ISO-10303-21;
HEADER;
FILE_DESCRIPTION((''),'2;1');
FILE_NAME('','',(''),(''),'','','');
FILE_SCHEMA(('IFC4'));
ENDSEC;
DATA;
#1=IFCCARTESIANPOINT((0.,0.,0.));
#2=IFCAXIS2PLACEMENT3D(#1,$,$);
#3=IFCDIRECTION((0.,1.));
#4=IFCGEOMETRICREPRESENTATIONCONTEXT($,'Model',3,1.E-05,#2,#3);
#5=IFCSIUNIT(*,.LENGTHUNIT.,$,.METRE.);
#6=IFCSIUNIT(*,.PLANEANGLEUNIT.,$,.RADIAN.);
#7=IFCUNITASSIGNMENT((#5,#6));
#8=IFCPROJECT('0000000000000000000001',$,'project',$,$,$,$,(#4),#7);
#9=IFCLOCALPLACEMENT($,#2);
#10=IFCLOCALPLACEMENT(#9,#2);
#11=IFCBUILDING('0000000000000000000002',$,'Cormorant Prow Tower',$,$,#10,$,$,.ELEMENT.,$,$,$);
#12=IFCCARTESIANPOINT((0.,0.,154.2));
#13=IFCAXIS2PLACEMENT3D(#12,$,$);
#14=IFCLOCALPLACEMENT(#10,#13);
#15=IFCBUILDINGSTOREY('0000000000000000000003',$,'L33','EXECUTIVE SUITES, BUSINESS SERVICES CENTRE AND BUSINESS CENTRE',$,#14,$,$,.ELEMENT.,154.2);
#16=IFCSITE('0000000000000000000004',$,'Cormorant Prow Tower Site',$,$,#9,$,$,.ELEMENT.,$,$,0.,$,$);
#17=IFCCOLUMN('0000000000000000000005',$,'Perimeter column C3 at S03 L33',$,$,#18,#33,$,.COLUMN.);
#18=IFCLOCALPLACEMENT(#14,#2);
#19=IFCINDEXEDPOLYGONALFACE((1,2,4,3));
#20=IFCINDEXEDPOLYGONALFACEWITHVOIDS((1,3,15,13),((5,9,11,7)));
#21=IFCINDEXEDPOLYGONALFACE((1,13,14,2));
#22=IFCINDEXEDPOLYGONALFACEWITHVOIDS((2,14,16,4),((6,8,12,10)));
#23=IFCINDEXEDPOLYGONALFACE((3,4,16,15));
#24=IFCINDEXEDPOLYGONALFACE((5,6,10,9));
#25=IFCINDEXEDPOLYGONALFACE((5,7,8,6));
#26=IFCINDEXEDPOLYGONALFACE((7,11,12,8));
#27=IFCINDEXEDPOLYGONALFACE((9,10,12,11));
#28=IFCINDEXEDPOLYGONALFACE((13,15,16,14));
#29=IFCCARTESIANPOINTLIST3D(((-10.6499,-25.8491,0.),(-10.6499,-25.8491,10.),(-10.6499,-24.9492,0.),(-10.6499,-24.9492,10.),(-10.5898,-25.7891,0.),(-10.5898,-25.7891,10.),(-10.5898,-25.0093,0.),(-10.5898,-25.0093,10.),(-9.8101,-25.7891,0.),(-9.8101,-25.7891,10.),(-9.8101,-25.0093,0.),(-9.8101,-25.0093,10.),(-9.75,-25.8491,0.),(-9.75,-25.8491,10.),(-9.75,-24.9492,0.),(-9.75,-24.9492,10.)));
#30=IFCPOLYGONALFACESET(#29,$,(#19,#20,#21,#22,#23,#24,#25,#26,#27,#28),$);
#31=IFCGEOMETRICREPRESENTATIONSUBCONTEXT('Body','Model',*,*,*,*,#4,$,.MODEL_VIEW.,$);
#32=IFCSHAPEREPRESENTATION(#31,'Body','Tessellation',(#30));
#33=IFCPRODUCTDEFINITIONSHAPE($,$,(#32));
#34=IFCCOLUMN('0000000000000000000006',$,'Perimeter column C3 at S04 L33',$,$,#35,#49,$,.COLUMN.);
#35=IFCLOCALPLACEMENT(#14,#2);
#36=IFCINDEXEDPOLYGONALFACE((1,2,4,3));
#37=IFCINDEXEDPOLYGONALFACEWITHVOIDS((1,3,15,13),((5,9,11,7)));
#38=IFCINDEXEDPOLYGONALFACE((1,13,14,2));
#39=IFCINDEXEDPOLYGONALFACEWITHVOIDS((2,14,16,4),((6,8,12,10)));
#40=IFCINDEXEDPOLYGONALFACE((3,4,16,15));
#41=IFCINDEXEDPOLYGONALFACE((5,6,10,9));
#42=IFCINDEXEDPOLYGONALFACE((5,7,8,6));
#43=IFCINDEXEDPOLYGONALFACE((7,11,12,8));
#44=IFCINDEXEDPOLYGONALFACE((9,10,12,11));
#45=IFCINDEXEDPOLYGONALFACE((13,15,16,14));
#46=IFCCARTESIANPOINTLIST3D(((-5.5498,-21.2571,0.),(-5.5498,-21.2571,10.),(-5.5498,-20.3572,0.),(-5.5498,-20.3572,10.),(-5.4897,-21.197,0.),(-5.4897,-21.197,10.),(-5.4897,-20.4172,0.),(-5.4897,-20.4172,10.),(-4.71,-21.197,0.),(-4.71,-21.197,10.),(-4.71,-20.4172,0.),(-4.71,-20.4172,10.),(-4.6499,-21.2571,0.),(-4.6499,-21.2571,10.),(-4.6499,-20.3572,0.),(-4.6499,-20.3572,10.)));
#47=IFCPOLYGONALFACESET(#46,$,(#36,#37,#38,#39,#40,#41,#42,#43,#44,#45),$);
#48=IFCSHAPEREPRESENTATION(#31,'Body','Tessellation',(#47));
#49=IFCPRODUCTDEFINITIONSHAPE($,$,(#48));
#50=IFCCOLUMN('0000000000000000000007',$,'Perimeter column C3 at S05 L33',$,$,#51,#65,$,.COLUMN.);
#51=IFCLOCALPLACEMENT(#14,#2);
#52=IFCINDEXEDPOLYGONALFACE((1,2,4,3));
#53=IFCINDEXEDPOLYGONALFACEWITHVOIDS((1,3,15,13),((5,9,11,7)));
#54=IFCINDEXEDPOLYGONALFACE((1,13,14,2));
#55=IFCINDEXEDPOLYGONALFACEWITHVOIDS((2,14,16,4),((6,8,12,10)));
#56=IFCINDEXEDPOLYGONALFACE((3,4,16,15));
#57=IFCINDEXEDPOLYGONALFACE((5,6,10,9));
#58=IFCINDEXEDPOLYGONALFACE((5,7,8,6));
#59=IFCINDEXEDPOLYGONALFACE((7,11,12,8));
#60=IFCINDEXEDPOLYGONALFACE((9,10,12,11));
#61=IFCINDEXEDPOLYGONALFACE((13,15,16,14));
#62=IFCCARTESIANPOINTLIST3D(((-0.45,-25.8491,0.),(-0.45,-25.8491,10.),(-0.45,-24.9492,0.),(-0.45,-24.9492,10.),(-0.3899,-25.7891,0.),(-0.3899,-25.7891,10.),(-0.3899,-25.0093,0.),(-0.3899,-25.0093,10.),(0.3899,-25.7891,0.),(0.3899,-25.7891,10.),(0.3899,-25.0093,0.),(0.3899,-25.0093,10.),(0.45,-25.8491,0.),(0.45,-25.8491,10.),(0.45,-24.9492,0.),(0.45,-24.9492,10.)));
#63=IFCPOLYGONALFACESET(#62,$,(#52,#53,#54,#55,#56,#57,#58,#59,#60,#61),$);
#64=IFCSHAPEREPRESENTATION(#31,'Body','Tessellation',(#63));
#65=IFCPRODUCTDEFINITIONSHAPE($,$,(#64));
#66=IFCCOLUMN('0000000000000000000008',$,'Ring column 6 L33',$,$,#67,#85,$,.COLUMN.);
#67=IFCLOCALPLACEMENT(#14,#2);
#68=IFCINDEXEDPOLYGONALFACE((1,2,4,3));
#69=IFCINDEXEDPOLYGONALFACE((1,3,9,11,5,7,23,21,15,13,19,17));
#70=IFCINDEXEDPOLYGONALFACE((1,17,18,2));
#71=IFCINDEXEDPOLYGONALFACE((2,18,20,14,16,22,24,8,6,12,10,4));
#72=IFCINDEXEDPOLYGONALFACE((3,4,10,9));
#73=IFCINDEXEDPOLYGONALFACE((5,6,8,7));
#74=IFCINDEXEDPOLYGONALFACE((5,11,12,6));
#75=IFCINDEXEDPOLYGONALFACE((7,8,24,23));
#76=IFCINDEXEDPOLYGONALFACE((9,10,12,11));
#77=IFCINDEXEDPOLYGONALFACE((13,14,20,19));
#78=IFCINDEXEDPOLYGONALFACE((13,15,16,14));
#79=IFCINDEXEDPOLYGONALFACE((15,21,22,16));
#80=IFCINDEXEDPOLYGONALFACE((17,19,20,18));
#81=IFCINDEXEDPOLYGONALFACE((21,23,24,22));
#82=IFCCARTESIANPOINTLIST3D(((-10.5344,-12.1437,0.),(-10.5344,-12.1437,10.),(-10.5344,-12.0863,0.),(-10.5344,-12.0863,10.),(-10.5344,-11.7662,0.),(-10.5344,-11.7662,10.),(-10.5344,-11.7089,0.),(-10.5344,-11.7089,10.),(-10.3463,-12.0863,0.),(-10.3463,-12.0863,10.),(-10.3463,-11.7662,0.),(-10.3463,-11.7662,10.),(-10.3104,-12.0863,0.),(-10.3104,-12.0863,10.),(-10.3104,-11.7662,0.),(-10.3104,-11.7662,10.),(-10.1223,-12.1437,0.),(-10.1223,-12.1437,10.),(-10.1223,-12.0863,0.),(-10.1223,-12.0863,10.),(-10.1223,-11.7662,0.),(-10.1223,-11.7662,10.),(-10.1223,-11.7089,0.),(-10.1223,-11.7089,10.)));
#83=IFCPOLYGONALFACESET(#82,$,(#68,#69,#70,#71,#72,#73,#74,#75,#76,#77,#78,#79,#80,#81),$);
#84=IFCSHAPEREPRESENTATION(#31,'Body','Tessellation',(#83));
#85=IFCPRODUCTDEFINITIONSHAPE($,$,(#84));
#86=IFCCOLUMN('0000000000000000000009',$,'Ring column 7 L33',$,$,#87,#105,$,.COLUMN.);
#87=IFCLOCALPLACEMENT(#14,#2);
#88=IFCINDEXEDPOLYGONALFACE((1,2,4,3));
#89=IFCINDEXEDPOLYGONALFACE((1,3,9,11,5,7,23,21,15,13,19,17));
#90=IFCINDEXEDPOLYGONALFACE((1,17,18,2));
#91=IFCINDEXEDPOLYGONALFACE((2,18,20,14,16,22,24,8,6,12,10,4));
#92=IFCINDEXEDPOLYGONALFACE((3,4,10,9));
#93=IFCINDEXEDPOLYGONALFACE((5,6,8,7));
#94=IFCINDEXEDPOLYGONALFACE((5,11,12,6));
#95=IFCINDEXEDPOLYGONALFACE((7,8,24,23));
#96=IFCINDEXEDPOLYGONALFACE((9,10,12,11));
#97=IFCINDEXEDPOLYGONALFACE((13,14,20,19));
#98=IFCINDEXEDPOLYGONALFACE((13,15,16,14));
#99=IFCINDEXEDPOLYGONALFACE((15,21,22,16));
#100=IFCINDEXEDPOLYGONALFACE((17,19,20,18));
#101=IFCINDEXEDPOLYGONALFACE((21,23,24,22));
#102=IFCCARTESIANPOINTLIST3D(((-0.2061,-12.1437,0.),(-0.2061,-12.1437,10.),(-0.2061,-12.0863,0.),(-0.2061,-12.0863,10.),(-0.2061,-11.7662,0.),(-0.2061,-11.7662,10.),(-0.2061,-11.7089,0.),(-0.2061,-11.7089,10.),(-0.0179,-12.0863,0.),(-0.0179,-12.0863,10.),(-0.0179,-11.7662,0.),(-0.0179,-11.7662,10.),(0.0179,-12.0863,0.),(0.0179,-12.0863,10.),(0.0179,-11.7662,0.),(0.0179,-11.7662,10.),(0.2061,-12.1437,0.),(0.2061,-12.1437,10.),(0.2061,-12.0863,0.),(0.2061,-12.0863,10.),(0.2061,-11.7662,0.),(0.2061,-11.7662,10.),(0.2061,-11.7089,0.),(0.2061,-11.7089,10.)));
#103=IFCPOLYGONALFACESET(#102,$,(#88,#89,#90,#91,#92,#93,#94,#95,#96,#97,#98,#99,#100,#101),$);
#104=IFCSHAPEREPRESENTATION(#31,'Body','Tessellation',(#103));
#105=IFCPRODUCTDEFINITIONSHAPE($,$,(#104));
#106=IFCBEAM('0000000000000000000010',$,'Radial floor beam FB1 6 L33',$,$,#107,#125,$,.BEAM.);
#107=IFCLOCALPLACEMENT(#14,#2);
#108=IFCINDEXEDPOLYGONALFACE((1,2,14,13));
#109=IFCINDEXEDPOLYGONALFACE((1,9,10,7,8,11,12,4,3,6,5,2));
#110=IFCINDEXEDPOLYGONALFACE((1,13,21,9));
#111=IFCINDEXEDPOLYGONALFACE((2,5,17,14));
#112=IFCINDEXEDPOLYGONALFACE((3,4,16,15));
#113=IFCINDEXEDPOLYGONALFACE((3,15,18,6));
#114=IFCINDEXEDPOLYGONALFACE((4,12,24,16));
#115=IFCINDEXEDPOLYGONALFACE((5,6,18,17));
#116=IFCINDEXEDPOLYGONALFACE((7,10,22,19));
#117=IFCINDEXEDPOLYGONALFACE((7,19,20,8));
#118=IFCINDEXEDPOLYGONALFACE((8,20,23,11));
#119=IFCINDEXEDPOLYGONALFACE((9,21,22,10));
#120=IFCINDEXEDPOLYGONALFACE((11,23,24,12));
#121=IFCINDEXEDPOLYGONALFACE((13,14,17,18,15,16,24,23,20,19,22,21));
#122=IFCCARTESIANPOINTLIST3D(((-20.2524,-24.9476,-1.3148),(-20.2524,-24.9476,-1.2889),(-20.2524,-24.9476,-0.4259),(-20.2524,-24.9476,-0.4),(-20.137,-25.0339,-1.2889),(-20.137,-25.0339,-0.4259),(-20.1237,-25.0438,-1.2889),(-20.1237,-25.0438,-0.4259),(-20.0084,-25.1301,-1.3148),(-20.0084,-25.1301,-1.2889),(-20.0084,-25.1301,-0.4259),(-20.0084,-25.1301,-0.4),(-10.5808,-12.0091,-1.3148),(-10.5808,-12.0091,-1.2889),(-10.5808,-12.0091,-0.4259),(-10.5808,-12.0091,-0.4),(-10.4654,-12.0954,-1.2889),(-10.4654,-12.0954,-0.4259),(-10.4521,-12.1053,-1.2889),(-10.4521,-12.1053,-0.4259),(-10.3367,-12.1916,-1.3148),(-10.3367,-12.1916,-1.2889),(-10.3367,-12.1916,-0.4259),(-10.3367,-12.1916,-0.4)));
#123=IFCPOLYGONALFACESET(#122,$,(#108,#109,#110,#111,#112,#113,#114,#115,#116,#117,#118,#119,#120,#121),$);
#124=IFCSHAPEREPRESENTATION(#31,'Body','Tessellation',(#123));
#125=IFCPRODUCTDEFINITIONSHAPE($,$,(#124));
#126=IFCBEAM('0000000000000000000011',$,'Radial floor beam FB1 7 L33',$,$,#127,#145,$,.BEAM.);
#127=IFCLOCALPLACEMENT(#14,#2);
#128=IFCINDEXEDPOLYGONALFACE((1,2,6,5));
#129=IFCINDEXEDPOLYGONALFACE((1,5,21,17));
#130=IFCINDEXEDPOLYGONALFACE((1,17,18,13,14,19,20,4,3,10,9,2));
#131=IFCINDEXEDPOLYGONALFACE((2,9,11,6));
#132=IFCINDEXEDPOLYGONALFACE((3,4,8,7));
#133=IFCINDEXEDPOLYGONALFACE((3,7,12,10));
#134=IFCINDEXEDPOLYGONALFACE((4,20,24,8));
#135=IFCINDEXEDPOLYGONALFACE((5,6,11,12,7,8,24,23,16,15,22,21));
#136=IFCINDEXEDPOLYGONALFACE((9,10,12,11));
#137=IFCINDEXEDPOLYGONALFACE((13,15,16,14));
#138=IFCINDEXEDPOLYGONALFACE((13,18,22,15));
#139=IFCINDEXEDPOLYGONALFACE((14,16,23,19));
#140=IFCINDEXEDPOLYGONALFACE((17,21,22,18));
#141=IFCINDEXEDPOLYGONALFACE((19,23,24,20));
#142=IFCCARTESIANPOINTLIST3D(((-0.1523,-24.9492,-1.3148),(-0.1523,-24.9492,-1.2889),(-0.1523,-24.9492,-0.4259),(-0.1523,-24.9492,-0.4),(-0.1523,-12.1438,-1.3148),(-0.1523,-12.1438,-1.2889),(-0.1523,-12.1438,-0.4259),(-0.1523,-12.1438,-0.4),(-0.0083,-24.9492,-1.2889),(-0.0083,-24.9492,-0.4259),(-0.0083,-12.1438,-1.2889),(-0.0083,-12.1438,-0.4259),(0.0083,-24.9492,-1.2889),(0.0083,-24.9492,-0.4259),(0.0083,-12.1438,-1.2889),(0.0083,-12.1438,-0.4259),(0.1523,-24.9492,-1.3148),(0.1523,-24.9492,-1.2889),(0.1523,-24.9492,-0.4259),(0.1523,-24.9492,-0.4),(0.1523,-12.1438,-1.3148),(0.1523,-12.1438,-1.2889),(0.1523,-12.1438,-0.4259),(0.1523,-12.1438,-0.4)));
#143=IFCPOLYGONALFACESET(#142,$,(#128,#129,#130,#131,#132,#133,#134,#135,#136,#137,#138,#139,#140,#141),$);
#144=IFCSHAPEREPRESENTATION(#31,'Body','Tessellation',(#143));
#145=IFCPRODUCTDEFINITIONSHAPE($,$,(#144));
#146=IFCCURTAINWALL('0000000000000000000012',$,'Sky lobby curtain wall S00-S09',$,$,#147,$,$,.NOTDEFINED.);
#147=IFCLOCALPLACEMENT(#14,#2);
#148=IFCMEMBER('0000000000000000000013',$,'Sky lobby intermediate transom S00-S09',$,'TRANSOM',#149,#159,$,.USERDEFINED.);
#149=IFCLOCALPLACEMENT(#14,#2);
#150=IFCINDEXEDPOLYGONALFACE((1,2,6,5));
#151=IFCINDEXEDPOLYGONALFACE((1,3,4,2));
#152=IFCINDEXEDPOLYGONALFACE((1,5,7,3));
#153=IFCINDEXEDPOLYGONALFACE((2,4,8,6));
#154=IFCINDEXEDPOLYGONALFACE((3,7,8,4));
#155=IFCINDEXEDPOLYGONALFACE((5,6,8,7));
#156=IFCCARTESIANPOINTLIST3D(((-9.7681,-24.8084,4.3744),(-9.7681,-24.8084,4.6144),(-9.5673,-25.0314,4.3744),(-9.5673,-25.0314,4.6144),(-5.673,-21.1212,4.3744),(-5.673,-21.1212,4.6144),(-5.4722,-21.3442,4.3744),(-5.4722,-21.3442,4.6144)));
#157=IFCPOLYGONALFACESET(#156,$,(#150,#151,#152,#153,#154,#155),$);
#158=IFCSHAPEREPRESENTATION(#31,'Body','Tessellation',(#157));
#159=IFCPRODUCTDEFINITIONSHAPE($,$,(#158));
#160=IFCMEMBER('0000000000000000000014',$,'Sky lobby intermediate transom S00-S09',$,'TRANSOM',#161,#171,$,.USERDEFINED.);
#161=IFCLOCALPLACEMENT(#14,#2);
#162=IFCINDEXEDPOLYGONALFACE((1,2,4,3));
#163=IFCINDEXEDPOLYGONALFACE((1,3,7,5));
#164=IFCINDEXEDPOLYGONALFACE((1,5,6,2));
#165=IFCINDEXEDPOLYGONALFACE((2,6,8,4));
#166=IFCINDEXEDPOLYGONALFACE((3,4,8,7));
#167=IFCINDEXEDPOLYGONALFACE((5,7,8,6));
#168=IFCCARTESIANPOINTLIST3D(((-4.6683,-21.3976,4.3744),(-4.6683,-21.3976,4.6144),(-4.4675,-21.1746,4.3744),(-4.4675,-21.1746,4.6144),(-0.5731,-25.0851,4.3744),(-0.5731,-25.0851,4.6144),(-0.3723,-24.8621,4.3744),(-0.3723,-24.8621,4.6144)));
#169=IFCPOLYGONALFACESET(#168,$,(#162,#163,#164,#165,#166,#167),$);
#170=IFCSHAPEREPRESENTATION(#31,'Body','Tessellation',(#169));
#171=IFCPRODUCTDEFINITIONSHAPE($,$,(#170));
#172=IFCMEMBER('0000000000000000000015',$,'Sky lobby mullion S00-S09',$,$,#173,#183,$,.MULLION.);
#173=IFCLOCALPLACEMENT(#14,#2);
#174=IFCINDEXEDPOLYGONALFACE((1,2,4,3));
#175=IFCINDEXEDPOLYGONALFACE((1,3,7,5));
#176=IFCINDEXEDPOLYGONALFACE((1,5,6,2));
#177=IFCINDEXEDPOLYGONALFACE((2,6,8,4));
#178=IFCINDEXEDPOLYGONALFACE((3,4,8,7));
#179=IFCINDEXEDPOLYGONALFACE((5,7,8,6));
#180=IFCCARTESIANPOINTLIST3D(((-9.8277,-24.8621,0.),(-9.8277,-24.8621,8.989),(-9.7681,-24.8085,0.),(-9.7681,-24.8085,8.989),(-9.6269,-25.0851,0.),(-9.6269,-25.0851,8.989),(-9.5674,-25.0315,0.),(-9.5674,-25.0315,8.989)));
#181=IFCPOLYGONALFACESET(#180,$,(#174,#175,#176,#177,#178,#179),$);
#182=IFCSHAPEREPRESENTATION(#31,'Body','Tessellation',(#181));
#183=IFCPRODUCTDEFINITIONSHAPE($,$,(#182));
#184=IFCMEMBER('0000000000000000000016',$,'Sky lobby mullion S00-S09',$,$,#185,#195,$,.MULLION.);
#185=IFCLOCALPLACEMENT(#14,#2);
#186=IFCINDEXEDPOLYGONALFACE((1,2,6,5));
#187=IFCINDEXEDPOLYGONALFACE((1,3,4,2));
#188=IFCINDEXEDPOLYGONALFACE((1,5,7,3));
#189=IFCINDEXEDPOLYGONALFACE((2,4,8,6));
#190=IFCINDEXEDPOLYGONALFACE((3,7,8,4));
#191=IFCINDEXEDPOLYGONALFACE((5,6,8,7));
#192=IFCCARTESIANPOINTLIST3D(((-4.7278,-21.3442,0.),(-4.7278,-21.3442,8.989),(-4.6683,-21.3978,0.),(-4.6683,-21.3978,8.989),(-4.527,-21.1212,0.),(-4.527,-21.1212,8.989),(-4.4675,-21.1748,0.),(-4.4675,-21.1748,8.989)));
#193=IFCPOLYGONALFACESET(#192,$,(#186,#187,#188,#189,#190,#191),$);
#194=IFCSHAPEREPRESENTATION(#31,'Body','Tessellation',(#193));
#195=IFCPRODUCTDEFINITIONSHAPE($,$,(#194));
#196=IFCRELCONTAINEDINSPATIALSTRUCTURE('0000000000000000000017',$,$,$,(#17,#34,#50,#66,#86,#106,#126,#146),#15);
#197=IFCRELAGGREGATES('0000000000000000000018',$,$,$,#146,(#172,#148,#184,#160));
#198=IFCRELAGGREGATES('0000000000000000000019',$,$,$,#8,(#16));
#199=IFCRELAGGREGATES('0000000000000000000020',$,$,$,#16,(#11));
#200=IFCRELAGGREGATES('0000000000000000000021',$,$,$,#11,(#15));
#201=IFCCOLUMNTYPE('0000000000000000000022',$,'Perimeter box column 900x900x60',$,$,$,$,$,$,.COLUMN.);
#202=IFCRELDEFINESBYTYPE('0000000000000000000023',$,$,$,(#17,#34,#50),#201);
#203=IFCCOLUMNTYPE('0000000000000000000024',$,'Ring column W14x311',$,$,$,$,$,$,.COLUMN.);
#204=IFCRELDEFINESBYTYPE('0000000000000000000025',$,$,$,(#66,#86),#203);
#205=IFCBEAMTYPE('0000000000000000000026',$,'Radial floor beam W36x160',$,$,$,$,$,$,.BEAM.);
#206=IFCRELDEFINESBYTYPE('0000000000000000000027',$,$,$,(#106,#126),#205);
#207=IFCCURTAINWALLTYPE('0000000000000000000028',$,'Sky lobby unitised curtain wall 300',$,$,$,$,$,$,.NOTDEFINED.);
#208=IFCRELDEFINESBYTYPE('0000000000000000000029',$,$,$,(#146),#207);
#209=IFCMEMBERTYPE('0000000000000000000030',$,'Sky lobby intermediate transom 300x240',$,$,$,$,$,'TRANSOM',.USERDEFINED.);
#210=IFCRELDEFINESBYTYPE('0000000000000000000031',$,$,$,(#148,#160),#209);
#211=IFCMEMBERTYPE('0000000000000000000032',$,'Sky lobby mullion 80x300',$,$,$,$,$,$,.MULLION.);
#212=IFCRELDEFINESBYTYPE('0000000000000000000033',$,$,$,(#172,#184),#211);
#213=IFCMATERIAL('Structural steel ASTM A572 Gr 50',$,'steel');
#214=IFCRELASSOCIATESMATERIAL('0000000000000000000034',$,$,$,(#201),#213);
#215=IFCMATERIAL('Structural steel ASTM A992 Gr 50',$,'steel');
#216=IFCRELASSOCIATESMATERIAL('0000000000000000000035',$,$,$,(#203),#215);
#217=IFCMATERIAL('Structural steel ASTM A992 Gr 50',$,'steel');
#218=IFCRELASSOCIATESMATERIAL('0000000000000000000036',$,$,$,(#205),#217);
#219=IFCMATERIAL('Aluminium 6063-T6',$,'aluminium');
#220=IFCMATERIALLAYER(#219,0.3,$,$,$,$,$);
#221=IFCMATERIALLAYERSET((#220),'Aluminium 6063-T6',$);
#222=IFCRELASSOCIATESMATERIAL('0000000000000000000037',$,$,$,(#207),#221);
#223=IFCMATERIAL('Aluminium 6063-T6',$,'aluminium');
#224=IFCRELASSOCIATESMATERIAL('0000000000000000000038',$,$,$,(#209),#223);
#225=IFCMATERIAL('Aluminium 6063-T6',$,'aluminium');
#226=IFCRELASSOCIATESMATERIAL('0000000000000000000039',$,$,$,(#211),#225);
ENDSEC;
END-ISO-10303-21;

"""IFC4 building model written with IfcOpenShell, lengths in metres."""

from ifc_helpers import new_model, si_unit, direction, frame, origin, origin_2d, place, context, subcontext, project, spatial, rectangle, hollow_rectangle, i_section, extrude, material, layer, layer_set, material_profile, profile_set, type_object, element, aggregate, save


model = new_model("IFC4")

# Units and contexts
model_context = context("Model", 3, precision=1e-05, world=origin(), true_north=direction((0.0, 1.0)))
body_context = subcontext(model_context, "Body", "Model", "MODEL_VIEW")
ifc_project = project(units=[si_unit("LENGTHUNIT", "METRE"), si_unit("PLANEANGLEUNIT", "RADIAN")], contexts=[model_context])

# Site, building, storey
site_placement = place(None, origin())
site = spatial("IfcSite", under=ifc_project, at=site_placement, Name="Cormorant Prow Tower Site", CompositionType="ELEMENT", RefElevation=0.0)
building_placement = place(site_placement, origin())
building = spatial("IfcBuilding", under=site, at=building_placement, Name="Cormorant Prow Tower", CompositionType="ELEMENT")
storey_placement = place(building_placement, frame((0.0, 0.0, 154.2)))
storey = spatial("IfcBuildingStorey", under=building, at=storey_placement, Name="L33", Description="EXECUTIVE SUITES, BUSINESS SERVICES CENTRE AND BUSINESS CENTRE", CompositionType="ELEMENT", Elevation=154.2)

# Columns
ifc_material_1 = material(Name="Structural steel ASTM A572 Gr 50", Category="steel")
ifc_material_profile_1 = material_profile(ifc_material_1, hollow_rectangle(XDim=0.8999, YDim=0.8999, WallThickness=0.0601, at=origin_2d()), Name="Box 900x900x60")
ifc_profile_set_1 = profile_set([ifc_material_profile_1], Name="Structural steel ASTM A572 Gr 50")
column_type_1 = type_object("IfcColumnType", Name="Perimeter box column 900x900x60", PredefinedType="COLUMN", material=ifc_profile_set_1)
for number, where, z_axis, x_axis, name in (
    (1, (-10.2, -25.3992, 0.0), (0.0, 0.0, 1.0), (1.0, 0.0, 0.0), "Perimeter column C3 at S03 L33"),
    (2, (-5.0999, -20.8071, 0.0), (0.0, 0.0, 1.0), (1.0, 0.0, 0.0), "Perimeter column C3 at S04 L33"),
    (3, (0.0, -25.3992, 0.0), (0.0, 0.0, 1.0), (1.0, 0.0, 0.0), "Perimeter column C3 at S05 L33"),
):
    element("IfcColumn", number, at=place(storey_placement, frame(where, z_axis=z_axis, x_axis=x_axis)), inside=storey, type_object=column_type_1, Name=name, PredefinedType="COLUMN", context=body_context, shape_type="SweptSolid", body=[
        extrude(hollow_rectangle(XDim=0.8999, YDim=0.8999, WallThickness=0.0601, at=origin_2d()), origin(), (0.0, 0.0, 1.0), 10.0),
    ])
ifc_material_2 = material(Name="Structural steel ASTM A992 Gr 50", Category="steel")
ifc_material_profile_2 = material_profile(ifc_material_2, i_section(OverallWidth=0.4121, OverallDepth=0.4348, WebThickness=0.0359, FlangeThickness=0.0574, at=origin_2d()), Name="W14x311")
ifc_profile_set_2 = profile_set([ifc_material_profile_2], Name="Structural steel ASTM A992 Gr 50")
column_type_2 = type_object("IfcColumnType", Name="Ring column W14x311", PredefinedType="COLUMN", material=ifc_profile_set_2)
for number, where, z_axis, x_axis, name in (
    (4, (-10.3284, -11.9263, 0.0), (0.0, 0.0, 1.0), (1.0, 0.0, 0.0), "Ring column 6 L33"),
    (5, (0.0, -11.9263, 0.0), (0.0, 0.0, 1.0), (1.0, 0.0, 0.0), "Ring column 7 L33"),
):
    element("IfcColumn", number, at=place(storey_placement, frame(where, z_axis=z_axis, x_axis=x_axis)), inside=storey, type_object=column_type_2, Name=name, PredefinedType="COLUMN", context=body_context, shape_type="SweptSolid", body=[
        extrude(i_section(OverallWidth=0.4121, OverallDepth=0.4348, WebThickness=0.0359, FlangeThickness=0.0574, at=origin_2d()), origin(), (0.0, 0.0, 1.0), 10.0),
    ])

# Beams
ifc_material_3 = material(Name="Structural steel ASTM A992 Gr 50", Category="steel")
ifc_material_profile_3 = material_profile(ifc_material_3, i_section(OverallWidth=0.3047, OverallDepth=0.9148, WebThickness=0.0166, FlangeThickness=0.0259, at=origin_2d()), Name="W36x160")
ifc_profile_set_3 = profile_set([ifc_material_profile_3], Name="Structural steel ASTM A992 Gr 50")
beam_type_1 = type_object("IfcBeamType", Name="Radial floor beam W36x160", PredefinedType="BEAM", material=ifc_profile_set_3)
beam_1_placement = place(storey_placement, frame((-10.4587, -12.1003, -0.8574), z_axis=(-0.598722, -0.800957, 0.0), x_axis=(0.800957, -0.598722, 0.0)))
element("IfcBeam", 6, at=beam_1_placement, inside=storey, type_object=beam_type_1, Name="Radial floor beam FB1 6 L33", PredefinedType="BEAM", context=body_context, shape_type="SweptSolid", body=[
    extrude(i_section(OverallWidth=0.3047, OverallDepth=0.9148, WebThickness=0.0166, FlangeThickness=0.0259, at=origin_2d()), origin(), (0.0, 0.0, 1.0), 16.1538),
])
beam_2_placement = place(storey_placement, frame((0.0, -12.1438, -0.8574), z_axis=(0.0, -1.0, 0.0), x_axis=(1.0, 0.0, 0.0)))
element("IfcBeam", 7, at=beam_2_placement, inside=storey, type_object=beam_type_1, Name="Radial floor beam FB1 7 L33", PredefinedType="BEAM", context=body_context, shape_type="SweptSolid", body=[
    extrude(i_section(OverallWidth=0.3047, OverallDepth=0.9148, WebThickness=0.0166, FlangeThickness=0.0259, at=origin_2d()), origin(), (0.0, 0.0, 1.0), 12.8054),
])

# Curtain wall, members
ifc_material_4 = material(Name="Aluminium 6063-T6", Category="aluminium")
ifc_layer_1 = layer(ifc_material_4, 0.3)
ifc_layer_set_1 = layer_set([ifc_layer_1], Name="Aluminium 6063-T6")
curtain_wall_type = type_object("IfcCurtainWallType", Name="Sky lobby unitised curtain wall 300", PredefinedType="NOTDEFINED", material=ifc_layer_set_1)
curtain_wall_placement = place(storey_placement, origin())
curtain_wall = element("IfcCurtainWall", 8, at=curtain_wall_placement, inside=storey, type_object=curtain_wall_type, Name="Sky lobby curtain wall S00-S09", PredefinedType="NOTDEFINED")
ifc_material_5 = material(Name="Aluminium 6063-T6", Category="aluminium")
ifc_material_profile_4 = material_profile(ifc_material_5, rectangle(XDim=0.3, YDim=0.24, at=origin_2d()), Name="Sky lobby intermediate transom 300x240")
ifc_profile_set_4 = profile_set([ifc_material_profile_4], Name="Aluminium 6063-T6")
member_type_1 = type_object("IfcMemberType", Name="Sky lobby intermediate transom 300x240", ElementType="TRANSOM", PredefinedType="USERDEFINED", material=ifc_profile_set_4)
member_1_placement = place(storey_placement, frame((-9.6677, -24.9199, 4.4944), z_axis=(0.743153, 0.669121, 0.0), x_axis=(-0.669121, 0.743153, 0.0)))
member_1 = element("IfcMember", 9, at=member_1_placement, type_object=member_type_1, Name="Sky lobby intermediate transom S00-S09", ObjectType="TRANSOM", PredefinedType="USERDEFINED", context=body_context, shape_type="SweptSolid", body=[
    extrude(rectangle(XDim=0.3, YDim=0.24, at=origin_2d()), origin(), (0.0, 0.0, 1.0), 5.5105),
])
member_2_placement = place(storey_placement, frame((-4.5679, -21.2861, 4.4944), z_axis=(0.743131, -0.669146, 0.0), x_axis=(0.669146, 0.743131, 0.0)))
member_2 = element("IfcMember", 10, at=member_2_placement, type_object=member_type_1, Name="Sky lobby intermediate transom S00-S09", ObjectType="TRANSOM", PredefinedType="USERDEFINED", context=body_context, shape_type="SweptSolid", body=[
    extrude(rectangle(XDim=0.3, YDim=0.24, at=origin_2d()), origin(), (0.0, 0.0, 1.0), 5.5107),
])
ifc_material_6 = material(Name="Aluminium 6063-T6", Category="aluminium")
ifc_material_profile_5 = material_profile(ifc_material_6, rectangle(XDim=0.3, YDim=0.0801, at=origin_2d()), Name="Sky lobby mullion 80x300")
ifc_profile_set_5 = profile_set([ifc_material_profile_5], Name="Aluminium 6063-T6")
member_type_2 = type_object("IfcMemberType", Name="Sky lobby mullion 80x300", PredefinedType="MULLION", material=ifc_profile_set_5)
member_3_placement = place(storey_placement, frame((-9.6975, -24.9468, 0.0), z_axis=(0.0, 0.0, 1.0), x_axis=(-0.669131, 0.743145, 0.0)))
member_3 = element("IfcMember", 11, at=member_3_placement, type_object=member_type_2, Name="Sky lobby mullion S00-S09", PredefinedType="MULLION", context=body_context, shape_type="SweptSolid", body=[
    extrude(rectangle(XDim=0.3, YDim=0.0801, at=origin_2d()), origin(), (0.0, 0.0, 1.0), 8.989),
])
member_4_placement = place(storey_placement, frame((-4.5977, -21.2595, 0.0), z_axis=(0.0, 0.0, 1.0), x_axis=(0.669131, 0.743145, 0.0)))
member_4 = element("IfcMember", 12, at=member_4_placement, type_object=member_type_2, Name="Sky lobby mullion S00-S09", PredefinedType="MULLION", context=body_context, shape_type="SweptSolid", body=[
    extrude(rectangle(XDim=0.3, YDim=0.0801, at=origin_2d()), origin(), (0.0, 0.0, 1.0), 8.989),
])

aggregate(curtain_wall, [member_3, member_1, member_4, member_2])

save(model, "model.ifc")
